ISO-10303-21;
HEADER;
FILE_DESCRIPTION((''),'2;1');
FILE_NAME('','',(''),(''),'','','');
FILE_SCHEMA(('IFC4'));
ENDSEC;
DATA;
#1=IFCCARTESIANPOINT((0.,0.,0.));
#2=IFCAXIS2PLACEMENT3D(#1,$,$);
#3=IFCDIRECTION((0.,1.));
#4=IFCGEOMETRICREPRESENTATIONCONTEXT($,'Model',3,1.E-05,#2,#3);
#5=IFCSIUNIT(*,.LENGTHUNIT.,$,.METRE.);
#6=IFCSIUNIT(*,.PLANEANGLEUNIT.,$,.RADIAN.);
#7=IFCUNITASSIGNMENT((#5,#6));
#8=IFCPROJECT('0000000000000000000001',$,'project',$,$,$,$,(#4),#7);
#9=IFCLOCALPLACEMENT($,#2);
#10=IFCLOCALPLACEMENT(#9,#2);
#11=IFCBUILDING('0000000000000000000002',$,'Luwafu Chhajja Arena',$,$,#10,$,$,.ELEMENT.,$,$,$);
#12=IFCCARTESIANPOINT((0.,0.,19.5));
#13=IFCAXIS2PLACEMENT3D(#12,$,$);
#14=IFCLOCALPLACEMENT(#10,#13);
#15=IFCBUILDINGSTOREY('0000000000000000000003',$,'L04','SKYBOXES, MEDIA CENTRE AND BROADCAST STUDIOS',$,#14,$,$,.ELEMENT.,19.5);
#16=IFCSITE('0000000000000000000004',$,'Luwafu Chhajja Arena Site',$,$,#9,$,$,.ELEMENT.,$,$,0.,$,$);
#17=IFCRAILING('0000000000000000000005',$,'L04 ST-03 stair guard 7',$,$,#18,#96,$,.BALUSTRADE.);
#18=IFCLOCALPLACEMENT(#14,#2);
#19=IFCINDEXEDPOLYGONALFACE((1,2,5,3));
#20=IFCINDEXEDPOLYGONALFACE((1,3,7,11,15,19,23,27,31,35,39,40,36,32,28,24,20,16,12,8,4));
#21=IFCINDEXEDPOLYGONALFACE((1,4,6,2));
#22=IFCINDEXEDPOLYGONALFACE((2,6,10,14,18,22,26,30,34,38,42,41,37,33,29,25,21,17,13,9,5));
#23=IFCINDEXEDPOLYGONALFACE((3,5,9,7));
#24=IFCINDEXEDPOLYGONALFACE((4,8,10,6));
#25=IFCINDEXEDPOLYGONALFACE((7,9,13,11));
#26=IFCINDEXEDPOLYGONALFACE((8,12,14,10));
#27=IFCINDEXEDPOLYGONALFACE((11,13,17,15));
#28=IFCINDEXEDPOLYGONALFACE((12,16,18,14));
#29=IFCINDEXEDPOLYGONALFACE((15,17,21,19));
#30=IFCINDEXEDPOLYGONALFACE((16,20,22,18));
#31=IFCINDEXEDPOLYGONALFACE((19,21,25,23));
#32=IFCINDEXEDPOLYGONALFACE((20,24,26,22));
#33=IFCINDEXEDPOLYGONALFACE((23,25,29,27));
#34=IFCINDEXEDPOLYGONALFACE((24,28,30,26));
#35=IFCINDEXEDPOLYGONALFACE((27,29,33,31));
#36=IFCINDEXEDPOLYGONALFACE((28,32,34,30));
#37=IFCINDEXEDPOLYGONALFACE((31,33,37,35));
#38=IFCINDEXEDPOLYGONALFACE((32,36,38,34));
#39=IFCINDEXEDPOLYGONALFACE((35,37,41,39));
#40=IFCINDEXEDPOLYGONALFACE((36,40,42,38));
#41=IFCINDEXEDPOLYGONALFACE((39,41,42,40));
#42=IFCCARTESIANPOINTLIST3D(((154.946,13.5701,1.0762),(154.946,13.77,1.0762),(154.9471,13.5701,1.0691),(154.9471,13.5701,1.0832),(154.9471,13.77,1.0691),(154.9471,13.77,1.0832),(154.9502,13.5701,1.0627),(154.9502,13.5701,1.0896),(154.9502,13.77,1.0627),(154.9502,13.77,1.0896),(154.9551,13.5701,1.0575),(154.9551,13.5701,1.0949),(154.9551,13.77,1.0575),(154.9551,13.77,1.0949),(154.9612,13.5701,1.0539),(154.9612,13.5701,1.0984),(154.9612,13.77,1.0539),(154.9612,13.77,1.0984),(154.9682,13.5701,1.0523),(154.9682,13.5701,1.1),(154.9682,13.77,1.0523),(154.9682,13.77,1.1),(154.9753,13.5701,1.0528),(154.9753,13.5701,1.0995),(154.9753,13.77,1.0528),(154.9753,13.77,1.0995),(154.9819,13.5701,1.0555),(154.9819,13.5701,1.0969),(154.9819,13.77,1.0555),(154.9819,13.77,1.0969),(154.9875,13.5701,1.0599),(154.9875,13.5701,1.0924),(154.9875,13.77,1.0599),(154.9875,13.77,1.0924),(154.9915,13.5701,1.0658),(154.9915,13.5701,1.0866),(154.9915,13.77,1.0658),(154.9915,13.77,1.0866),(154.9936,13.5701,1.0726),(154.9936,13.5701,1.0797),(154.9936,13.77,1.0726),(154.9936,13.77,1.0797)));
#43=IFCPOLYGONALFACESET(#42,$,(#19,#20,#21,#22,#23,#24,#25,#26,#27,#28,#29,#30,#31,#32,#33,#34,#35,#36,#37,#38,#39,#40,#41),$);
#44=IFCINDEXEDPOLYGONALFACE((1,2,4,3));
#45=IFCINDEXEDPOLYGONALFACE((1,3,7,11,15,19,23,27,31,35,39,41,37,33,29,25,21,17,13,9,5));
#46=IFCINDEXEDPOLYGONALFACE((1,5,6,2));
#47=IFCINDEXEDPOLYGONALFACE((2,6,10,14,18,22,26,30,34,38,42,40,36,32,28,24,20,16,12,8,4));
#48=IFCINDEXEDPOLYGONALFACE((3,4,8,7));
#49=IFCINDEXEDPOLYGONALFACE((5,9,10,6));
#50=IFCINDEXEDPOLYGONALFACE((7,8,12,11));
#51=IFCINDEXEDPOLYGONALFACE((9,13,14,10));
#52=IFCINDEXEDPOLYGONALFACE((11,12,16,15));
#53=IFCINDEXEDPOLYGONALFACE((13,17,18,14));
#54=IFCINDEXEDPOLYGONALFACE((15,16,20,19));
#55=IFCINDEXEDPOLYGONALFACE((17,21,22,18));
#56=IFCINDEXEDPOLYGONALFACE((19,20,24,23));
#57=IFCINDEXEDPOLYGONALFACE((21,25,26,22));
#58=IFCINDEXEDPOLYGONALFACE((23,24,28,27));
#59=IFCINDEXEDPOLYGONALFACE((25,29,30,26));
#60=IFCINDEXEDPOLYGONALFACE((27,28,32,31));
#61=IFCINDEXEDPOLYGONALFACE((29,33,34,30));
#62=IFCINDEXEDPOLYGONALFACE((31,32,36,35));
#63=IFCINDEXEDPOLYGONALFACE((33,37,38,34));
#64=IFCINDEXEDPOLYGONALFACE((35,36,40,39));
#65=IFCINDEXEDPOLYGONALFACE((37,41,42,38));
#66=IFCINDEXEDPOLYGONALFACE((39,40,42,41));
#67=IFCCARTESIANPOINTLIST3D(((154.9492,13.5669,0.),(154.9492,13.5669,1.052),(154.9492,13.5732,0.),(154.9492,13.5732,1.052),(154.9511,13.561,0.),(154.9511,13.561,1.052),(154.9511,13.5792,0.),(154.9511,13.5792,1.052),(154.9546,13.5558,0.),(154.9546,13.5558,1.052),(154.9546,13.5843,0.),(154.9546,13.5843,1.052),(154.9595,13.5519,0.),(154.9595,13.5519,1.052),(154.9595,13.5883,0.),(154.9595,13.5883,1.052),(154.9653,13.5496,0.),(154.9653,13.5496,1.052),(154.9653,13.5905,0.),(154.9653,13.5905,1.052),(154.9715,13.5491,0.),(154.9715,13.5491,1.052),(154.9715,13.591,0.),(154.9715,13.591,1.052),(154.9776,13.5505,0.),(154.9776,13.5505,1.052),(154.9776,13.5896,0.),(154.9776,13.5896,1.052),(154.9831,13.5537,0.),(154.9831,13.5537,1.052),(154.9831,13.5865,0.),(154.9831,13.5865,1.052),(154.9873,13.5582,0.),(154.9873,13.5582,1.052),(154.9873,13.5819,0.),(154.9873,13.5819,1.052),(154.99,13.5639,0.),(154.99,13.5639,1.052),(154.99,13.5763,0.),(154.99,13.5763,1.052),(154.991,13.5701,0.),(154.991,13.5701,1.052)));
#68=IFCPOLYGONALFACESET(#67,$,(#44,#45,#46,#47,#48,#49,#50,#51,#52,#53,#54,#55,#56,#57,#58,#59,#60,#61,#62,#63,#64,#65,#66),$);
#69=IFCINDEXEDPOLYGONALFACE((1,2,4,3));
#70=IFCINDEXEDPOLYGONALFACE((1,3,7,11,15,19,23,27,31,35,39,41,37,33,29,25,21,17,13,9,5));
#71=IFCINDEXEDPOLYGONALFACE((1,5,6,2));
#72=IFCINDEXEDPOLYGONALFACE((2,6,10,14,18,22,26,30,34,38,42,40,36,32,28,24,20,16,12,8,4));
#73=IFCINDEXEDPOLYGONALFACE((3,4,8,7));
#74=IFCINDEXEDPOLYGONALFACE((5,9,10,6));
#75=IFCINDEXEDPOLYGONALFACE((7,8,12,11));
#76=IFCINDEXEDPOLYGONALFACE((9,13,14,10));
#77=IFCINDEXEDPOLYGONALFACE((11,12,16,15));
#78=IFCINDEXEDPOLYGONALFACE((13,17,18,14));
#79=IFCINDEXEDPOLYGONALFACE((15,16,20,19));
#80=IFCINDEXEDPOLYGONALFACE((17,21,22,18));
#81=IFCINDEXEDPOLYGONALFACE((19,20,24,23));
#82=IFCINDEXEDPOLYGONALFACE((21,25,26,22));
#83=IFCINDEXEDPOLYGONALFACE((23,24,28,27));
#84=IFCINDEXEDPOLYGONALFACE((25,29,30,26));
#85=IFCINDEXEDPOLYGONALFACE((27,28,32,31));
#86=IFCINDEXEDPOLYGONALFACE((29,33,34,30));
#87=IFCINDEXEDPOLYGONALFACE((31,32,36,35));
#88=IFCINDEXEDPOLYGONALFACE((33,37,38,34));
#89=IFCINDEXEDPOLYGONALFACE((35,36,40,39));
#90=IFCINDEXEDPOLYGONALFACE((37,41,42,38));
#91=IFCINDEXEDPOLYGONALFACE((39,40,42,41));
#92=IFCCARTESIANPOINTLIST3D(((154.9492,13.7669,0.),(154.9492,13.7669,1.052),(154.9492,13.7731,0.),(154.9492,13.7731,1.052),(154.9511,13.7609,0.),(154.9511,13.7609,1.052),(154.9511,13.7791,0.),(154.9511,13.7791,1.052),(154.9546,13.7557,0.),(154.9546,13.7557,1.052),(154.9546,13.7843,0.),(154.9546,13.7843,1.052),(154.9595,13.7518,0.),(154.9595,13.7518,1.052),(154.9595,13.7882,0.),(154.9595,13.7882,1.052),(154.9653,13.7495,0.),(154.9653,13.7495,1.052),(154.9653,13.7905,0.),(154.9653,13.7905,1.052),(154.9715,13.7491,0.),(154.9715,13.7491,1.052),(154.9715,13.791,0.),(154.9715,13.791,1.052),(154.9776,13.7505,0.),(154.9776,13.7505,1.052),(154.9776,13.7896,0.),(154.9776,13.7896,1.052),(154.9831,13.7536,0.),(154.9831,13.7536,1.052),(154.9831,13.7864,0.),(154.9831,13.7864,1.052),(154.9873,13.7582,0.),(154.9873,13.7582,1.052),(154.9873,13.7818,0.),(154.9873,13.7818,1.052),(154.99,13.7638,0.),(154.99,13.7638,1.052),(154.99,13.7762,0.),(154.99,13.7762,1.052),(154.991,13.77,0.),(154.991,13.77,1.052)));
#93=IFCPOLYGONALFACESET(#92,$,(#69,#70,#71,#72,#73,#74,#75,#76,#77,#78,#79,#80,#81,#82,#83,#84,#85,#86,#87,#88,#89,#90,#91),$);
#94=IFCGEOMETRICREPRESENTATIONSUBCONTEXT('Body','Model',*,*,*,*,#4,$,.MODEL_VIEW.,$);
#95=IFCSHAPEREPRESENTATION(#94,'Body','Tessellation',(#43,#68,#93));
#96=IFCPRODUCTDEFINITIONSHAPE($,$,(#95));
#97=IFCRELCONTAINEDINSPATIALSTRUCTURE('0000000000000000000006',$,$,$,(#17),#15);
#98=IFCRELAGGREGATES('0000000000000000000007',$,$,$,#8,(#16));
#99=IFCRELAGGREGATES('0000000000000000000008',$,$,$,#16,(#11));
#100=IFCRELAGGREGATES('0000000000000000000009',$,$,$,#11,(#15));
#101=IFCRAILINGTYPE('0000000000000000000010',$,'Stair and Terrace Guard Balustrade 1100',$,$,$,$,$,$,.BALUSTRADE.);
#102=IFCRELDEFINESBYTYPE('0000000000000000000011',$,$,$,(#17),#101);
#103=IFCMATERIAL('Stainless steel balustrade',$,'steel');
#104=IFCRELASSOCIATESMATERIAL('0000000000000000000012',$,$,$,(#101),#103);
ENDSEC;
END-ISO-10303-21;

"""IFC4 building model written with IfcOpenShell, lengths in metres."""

from ifc_helpers import new_model, si_unit, direction, frame, origin, origin_2d, place, context, subcontext, project, spatial, circle, extrude, material, type_object, element, save


model = new_model("IFC4")

# Units and contexts
model_context = context("Model", 3, precision=1e-05, world=origin(), true_north=direction((0.0, 1.0)))
body_context = subcontext(model_context, "Body", "Model", "MODEL_VIEW")
ifc_project = project(units=[si_unit("LENGTHUNIT", "METRE"), si_unit("PLANEANGLEUNIT", "RADIAN")], contexts=[model_context])

# Site, building, storey
site_placement = place(None, origin())
site = spatial("IfcSite", under=ifc_project, at=site_placement, Name="Luwafu Chhajja Arena Site", CompositionType="ELEMENT", RefElevation=0.0)
building_placement = place(site_placement, origin())
building = spatial("IfcBuilding", under=site, at=building_placement, Name="Luwafu Chhajja Arena", CompositionType="ELEMENT")
storey_placement = place(building_placement, frame((0.0, 0.0, 19.5)))
storey = spatial("IfcBuildingStorey", under=building, at=storey_placement, Name="L04", Description="SKYBOXES, MEDIA CENTRE AND BROADCAST STUDIOS", CompositionType="ELEMENT", Elevation=19.5)

# Railing
ifc_material_1 = material(Name="Stainless steel balustrade", Category="steel")
railing_type_1 = type_object("IfcRailingType", Name="Stair and Terrace Guard Balustrade 1100", PredefinedType="BALUSTRADE", material=ifc_material_1)
railing_1_placement = place(storey_placement, frame((154.97, 13.5701, 0.0)))
element("IfcRailing", 1, at=railing_1_placement, inside=storey, type_object=railing_type_1, Name="L04 ST-03 stair guard 7", PredefinedType="BALUSTRADE", context=body_context, shape_type="SweptSolid", body=[
    extrude(circle(Radius=0.0239, at=origin_2d()), frame((0.0, 0.0, 1.0762), z_axis=(0.0, 1.0, 0.0), x_axis=(-1.0, 0.0, 0.0)), (0.0, 0.0, 1.0), 0.2),
    extrude(circle(Radius=0.021, at=origin_2d()), origin(), (0.0, 0.0, 1.0), 1.052),
    extrude(circle(Radius=0.021, at=origin_2d()), frame((0.0, 0.2, 0.0)), (0.0, 0.0, 1.0), 1.052),
])

save(model, "model.ifc")
